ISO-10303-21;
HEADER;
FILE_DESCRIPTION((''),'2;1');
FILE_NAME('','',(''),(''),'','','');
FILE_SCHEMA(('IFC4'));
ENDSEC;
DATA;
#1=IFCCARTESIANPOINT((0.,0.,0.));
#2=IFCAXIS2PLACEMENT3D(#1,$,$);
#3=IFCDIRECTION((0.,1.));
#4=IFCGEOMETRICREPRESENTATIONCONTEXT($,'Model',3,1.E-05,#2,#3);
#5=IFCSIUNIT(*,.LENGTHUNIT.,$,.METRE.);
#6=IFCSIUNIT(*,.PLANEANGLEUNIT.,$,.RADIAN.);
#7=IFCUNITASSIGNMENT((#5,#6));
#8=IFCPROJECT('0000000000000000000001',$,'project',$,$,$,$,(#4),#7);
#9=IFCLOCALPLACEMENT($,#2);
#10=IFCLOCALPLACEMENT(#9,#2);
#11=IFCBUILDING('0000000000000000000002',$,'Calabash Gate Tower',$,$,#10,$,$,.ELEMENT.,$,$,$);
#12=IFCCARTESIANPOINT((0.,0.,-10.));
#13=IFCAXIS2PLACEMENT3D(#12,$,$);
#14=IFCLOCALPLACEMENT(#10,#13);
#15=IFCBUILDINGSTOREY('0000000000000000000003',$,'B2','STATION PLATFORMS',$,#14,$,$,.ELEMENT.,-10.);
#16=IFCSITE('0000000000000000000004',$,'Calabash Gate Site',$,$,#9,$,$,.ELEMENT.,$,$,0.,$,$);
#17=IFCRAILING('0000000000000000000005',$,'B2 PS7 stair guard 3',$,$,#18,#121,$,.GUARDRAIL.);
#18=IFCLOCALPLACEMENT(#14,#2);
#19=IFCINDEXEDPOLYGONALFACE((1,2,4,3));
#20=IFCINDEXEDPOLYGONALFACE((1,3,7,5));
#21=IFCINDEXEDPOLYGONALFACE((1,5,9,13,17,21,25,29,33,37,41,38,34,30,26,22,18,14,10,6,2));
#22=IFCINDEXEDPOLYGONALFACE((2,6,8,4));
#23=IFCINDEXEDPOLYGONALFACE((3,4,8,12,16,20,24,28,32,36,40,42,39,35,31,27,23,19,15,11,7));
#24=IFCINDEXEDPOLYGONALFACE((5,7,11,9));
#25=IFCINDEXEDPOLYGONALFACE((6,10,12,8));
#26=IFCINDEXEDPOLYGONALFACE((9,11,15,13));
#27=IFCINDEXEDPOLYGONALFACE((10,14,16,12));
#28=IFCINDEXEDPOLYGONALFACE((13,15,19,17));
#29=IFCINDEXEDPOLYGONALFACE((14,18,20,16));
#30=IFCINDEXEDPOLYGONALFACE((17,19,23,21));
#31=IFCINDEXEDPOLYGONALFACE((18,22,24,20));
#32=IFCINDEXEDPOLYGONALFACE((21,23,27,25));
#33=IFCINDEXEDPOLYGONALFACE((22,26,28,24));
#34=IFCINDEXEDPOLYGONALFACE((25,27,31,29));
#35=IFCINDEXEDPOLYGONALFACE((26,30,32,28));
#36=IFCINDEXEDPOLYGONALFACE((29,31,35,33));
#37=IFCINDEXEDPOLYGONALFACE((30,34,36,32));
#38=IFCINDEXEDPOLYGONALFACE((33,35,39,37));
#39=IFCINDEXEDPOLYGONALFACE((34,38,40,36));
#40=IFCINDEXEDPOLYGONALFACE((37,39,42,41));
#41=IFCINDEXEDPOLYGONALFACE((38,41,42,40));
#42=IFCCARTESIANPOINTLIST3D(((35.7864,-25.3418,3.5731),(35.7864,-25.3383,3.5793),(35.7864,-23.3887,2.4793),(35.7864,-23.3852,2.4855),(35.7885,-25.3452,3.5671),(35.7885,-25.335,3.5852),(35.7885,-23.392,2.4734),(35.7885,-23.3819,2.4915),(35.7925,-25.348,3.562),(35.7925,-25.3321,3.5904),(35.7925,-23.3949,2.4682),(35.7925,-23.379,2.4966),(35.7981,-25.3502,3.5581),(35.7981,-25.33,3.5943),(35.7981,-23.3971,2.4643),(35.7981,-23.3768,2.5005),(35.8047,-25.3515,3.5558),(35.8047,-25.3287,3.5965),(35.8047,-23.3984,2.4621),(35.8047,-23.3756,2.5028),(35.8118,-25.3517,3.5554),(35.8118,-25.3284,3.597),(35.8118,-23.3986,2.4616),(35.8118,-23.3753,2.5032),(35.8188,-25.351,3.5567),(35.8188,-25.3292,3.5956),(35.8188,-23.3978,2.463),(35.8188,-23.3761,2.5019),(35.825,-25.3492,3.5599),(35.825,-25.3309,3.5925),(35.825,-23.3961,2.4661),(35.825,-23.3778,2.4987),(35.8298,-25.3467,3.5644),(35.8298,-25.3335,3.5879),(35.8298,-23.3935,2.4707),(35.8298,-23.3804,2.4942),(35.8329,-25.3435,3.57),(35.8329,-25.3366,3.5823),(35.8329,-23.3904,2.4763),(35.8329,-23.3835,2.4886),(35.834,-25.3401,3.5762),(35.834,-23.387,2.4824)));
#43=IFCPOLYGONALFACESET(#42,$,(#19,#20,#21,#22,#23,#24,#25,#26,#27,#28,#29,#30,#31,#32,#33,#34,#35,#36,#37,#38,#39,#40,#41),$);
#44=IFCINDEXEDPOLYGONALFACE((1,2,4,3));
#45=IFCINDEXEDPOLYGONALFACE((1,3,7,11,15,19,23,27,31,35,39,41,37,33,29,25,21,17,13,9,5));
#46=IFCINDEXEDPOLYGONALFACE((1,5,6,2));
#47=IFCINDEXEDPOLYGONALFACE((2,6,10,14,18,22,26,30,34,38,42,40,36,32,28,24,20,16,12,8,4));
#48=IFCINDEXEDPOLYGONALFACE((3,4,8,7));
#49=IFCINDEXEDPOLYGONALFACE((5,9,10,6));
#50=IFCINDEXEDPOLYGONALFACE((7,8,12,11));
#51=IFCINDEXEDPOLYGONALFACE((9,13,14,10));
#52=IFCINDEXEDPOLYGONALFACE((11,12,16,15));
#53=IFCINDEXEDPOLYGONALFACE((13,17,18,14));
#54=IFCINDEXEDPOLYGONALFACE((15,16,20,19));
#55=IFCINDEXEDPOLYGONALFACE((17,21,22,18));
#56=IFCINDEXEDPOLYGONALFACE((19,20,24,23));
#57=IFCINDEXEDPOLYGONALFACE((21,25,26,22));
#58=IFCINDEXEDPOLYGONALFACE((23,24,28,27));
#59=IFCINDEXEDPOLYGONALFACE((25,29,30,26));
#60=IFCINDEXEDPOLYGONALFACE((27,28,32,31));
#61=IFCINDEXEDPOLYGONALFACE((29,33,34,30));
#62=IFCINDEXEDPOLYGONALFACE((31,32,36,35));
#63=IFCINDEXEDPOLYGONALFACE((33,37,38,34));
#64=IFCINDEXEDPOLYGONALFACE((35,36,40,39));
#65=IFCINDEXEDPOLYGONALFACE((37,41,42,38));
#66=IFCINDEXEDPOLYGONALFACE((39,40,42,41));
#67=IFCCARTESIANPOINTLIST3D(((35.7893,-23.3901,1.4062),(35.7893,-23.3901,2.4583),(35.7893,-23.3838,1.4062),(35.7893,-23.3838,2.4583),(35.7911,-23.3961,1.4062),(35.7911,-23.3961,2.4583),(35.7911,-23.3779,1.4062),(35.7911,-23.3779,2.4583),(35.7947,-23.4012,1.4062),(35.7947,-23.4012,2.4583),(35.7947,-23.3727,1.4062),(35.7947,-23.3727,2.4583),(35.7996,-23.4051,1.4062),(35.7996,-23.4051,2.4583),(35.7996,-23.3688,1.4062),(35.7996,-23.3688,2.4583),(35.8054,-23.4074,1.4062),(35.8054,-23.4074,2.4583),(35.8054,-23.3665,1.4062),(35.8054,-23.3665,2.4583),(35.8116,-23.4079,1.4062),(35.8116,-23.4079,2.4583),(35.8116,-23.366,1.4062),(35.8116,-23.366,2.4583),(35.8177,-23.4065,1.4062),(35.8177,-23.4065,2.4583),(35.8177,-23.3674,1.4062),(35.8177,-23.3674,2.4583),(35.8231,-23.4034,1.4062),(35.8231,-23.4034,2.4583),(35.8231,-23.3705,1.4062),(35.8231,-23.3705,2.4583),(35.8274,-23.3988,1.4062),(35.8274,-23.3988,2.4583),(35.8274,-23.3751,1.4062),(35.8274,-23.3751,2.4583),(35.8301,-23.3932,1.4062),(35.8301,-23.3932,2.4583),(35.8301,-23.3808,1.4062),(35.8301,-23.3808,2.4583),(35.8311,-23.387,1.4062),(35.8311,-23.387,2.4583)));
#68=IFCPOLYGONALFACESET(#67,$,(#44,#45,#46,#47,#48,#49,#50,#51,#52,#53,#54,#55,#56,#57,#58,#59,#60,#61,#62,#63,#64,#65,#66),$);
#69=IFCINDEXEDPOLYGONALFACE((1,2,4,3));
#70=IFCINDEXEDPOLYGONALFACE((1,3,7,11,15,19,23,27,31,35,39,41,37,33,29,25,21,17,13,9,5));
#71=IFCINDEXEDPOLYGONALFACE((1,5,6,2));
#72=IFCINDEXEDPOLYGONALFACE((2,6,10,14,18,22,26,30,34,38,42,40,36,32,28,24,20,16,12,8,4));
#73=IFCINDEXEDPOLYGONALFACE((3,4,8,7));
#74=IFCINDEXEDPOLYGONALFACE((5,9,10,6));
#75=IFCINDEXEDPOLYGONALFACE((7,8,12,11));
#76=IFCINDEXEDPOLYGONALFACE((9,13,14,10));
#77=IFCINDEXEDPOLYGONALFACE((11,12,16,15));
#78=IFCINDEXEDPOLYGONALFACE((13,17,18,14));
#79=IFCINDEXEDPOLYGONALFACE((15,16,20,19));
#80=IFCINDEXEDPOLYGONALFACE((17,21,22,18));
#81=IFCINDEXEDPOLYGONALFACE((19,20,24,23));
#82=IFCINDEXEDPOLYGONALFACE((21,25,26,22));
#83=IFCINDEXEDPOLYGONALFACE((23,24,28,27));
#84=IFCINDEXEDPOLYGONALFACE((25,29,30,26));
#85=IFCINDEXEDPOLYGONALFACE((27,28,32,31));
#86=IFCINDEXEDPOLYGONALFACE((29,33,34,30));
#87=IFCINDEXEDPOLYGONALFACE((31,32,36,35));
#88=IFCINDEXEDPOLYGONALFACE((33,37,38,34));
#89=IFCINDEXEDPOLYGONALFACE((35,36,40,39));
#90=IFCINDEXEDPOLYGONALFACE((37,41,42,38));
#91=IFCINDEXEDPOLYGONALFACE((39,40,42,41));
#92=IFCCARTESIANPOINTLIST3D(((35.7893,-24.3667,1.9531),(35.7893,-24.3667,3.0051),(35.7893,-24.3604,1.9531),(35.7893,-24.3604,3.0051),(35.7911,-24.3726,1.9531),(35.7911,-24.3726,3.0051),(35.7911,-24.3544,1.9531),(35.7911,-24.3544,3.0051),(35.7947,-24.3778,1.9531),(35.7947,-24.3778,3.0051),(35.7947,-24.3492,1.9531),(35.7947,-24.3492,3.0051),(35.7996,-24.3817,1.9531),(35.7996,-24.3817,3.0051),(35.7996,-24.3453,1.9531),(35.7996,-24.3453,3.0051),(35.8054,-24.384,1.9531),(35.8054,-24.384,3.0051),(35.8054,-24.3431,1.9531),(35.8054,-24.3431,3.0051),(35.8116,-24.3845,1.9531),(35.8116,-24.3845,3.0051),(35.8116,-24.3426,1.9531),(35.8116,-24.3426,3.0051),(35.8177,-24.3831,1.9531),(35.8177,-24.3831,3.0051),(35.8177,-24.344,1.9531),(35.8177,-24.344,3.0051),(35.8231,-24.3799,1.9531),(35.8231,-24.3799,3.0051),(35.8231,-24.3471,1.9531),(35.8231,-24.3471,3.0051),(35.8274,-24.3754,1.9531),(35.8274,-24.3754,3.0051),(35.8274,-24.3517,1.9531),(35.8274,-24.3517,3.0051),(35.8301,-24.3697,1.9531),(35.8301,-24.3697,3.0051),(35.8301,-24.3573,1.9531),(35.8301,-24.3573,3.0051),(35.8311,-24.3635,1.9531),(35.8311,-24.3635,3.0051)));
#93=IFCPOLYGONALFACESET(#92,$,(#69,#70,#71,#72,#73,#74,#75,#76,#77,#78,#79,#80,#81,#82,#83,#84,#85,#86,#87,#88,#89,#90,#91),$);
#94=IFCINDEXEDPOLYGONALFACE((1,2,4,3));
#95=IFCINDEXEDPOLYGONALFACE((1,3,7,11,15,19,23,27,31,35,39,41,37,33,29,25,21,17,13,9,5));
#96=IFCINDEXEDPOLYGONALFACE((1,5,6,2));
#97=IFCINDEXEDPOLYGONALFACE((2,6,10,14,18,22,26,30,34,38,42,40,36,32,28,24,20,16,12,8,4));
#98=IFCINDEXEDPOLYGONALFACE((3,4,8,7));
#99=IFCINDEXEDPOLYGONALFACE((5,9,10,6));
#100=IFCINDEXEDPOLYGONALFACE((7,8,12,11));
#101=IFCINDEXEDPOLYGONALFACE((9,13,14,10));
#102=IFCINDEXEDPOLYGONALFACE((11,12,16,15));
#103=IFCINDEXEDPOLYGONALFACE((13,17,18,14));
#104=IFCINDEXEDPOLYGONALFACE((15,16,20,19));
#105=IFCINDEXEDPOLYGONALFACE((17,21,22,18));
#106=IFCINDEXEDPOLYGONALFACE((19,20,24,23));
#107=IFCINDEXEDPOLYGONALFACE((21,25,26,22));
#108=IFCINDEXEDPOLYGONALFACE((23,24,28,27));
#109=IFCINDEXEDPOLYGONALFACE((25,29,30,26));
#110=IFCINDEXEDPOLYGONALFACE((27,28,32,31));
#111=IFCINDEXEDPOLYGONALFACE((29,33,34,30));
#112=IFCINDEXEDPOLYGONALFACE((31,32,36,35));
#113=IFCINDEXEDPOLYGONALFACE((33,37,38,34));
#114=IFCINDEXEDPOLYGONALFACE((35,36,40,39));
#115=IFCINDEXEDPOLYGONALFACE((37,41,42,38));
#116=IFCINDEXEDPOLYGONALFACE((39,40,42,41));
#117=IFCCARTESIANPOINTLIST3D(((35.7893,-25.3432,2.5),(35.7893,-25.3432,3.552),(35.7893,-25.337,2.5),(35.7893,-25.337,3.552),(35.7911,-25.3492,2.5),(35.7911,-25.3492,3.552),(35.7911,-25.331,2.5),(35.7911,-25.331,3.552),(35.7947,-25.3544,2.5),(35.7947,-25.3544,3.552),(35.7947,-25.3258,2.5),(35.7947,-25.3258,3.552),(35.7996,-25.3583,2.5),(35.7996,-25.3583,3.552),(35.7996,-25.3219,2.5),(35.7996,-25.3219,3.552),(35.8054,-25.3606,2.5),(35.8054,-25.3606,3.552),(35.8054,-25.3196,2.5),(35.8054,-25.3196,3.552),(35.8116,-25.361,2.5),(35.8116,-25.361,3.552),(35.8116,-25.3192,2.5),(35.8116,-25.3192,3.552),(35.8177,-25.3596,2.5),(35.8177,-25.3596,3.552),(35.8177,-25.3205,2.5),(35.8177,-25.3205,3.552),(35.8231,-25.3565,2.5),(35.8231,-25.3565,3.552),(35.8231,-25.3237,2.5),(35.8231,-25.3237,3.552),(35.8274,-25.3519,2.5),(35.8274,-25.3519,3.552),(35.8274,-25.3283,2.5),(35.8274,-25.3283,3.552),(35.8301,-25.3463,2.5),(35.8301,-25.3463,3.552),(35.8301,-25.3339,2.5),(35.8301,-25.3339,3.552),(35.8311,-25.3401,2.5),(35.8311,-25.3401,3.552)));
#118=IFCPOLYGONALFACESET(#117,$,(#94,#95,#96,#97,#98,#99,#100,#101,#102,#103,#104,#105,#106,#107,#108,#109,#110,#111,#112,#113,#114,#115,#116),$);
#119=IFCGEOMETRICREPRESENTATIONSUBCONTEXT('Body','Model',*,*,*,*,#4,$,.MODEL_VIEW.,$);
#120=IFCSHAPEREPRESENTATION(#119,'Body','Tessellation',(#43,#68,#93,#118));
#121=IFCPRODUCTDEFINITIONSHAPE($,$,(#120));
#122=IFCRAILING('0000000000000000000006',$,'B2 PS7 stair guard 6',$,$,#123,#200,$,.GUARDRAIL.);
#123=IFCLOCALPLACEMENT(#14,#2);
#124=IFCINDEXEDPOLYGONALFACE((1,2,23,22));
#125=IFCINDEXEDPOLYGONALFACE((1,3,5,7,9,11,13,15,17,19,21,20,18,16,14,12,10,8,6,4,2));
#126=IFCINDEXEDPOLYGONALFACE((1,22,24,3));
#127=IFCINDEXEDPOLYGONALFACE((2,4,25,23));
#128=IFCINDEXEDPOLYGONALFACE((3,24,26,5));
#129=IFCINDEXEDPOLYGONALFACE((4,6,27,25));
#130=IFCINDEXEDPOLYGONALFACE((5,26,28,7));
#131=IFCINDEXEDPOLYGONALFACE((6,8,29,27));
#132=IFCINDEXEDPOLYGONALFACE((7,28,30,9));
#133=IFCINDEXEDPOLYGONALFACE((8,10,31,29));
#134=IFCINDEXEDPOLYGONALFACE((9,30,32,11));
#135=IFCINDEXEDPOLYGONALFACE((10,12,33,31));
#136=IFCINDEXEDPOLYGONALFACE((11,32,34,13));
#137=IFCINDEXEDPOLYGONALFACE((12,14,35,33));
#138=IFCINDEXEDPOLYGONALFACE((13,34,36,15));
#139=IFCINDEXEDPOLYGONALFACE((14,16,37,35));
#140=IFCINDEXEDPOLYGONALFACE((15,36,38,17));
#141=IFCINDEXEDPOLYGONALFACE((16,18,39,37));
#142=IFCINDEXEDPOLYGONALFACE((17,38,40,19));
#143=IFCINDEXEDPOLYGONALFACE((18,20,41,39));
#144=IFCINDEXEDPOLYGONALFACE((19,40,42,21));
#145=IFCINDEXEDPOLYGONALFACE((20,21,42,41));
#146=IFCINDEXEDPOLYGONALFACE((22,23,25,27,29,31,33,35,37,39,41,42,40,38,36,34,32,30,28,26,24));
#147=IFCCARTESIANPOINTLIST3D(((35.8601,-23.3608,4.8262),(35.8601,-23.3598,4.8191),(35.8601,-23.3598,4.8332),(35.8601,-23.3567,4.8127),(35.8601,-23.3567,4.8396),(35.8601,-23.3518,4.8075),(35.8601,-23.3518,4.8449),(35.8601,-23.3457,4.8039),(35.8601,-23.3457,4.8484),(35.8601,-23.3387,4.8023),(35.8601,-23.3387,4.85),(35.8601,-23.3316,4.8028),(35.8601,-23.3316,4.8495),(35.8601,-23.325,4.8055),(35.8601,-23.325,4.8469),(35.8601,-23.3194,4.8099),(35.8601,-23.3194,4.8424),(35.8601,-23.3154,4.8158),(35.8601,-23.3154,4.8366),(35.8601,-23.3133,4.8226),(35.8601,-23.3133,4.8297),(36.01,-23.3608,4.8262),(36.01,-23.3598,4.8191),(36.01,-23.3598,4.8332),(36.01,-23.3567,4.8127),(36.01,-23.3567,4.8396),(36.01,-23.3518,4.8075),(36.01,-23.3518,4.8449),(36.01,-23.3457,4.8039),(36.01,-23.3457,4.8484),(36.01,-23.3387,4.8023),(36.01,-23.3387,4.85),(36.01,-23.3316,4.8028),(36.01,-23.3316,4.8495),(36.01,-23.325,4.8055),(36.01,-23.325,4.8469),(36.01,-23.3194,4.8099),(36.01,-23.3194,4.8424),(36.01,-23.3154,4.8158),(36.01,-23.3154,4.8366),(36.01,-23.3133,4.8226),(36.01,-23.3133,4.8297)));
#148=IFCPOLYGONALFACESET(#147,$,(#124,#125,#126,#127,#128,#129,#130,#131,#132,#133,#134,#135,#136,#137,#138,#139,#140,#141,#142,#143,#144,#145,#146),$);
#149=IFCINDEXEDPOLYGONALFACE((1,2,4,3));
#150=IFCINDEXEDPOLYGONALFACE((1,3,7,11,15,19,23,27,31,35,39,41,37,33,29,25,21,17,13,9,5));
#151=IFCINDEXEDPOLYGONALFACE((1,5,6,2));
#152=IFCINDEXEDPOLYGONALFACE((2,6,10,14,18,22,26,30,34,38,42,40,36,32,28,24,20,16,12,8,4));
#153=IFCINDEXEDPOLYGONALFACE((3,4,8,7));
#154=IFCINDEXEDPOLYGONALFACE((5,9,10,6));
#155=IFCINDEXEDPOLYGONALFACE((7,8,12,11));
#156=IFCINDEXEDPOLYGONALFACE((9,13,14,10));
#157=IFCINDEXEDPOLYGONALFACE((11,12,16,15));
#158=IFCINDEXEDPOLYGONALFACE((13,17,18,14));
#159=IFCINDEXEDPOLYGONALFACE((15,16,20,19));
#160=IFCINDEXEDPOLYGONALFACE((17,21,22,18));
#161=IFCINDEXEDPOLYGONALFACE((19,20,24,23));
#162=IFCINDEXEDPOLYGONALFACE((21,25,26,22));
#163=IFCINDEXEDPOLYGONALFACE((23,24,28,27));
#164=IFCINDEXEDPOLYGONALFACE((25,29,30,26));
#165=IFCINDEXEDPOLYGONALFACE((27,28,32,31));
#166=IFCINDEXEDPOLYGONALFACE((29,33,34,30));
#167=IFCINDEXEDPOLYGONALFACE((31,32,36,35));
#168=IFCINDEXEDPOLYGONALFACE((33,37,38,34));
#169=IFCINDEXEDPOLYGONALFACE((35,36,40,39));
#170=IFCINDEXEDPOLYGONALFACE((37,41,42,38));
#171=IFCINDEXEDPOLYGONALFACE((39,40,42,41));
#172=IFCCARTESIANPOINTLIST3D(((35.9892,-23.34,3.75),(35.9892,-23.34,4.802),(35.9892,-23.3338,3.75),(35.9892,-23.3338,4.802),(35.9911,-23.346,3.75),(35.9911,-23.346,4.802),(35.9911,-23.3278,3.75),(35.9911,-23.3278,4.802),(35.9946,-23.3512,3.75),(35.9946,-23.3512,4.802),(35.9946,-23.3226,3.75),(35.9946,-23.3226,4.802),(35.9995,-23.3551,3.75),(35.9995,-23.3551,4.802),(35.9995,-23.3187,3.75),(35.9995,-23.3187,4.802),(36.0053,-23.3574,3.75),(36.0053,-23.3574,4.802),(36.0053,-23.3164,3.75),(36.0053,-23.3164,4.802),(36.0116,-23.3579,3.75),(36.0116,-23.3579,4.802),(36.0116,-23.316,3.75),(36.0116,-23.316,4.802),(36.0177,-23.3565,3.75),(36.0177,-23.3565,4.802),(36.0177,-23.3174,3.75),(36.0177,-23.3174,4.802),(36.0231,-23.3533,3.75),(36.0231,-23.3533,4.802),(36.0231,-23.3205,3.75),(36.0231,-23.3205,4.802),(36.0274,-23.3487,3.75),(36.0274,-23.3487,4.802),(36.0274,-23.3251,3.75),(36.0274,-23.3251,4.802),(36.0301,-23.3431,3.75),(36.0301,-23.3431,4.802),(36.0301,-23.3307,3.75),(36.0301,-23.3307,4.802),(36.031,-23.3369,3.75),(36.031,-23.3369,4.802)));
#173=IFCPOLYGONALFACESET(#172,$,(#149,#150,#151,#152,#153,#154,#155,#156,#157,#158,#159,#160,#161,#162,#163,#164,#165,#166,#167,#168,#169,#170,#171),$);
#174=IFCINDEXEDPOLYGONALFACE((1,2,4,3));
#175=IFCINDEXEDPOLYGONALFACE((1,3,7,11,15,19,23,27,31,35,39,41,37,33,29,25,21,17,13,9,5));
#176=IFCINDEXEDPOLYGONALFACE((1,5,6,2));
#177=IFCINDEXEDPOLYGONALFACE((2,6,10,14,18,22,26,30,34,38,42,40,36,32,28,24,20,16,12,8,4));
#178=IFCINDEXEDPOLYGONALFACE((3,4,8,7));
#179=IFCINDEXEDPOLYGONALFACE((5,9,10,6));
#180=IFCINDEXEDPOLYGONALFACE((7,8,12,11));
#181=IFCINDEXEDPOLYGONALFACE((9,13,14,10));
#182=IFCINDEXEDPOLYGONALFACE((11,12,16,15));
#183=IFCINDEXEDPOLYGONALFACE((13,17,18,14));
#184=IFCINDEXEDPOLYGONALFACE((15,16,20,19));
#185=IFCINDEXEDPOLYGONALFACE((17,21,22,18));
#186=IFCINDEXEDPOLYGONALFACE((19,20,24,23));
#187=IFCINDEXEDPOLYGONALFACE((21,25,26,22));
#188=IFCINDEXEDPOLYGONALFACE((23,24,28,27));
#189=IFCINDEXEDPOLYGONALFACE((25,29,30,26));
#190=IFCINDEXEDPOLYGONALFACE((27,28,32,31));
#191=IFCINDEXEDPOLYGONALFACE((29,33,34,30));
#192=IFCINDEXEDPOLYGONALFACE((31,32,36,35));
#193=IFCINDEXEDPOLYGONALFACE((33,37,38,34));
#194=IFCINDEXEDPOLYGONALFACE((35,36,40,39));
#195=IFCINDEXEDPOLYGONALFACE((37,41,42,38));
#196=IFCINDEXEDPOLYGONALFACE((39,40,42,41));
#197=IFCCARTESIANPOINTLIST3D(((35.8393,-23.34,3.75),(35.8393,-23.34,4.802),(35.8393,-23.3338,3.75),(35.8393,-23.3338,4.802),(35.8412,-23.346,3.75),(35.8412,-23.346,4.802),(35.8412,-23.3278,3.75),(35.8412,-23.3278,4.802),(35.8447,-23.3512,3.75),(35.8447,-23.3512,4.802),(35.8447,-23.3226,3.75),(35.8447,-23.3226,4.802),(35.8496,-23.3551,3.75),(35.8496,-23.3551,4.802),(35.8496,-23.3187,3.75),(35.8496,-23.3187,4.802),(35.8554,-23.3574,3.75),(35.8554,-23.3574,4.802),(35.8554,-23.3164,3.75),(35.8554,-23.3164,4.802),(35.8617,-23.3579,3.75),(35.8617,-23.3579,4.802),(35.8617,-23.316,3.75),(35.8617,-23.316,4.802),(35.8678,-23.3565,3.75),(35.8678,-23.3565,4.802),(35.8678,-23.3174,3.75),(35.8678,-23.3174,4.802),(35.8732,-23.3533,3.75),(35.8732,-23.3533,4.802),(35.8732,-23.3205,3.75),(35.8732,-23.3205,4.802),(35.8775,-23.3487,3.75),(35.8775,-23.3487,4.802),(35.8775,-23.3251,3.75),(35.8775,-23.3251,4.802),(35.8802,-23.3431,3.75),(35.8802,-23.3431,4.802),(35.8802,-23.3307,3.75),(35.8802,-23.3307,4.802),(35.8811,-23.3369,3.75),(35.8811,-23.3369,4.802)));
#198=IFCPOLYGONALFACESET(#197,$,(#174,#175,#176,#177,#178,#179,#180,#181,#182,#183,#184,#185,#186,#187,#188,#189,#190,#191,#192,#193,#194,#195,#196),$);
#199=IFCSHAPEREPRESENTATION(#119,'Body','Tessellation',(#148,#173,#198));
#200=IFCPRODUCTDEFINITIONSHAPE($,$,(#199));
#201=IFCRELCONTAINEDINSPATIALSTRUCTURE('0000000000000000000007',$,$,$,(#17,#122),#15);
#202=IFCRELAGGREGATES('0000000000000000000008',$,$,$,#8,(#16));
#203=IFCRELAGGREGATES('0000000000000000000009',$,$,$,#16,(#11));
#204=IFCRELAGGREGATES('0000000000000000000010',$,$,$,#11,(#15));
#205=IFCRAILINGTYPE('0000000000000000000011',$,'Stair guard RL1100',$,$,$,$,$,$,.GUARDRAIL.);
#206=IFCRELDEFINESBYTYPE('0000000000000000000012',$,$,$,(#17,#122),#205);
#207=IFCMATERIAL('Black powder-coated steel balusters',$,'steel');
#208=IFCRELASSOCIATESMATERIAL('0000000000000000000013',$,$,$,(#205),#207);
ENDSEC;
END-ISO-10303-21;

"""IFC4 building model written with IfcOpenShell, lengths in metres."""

from ifc_helpers import new_model, si_unit, direction, frame, origin, origin_2d, place, context, subcontext, project, spatial, circle, extrude, material, type_object, element, save


model = new_model("IFC4")

# Units and contexts
model_context = context("Model", 3, precision=1e-05, world=origin(), true_north=direction((0.0, 1.0)))
body_context = subcontext(model_context, "Body", "Model", "MODEL_VIEW")
ifc_project = project(units=[si_unit("LENGTHUNIT", "METRE"), si_unit("PLANEANGLEUNIT", "RADIAN")], contexts=[model_context])

# Site, building, storey
site_placement = place(None, origin())
site = spatial("IfcSite", under=ifc_project, at=site_placement, Name="Calabash Gate Site", CompositionType="ELEMENT", RefElevation=0.0)
building_placement = place(site_placement, origin())
building = spatial("IfcBuilding", under=site, at=building_placement, Name="Calabash Gate Tower", CompositionType="ELEMENT")
storey_placement = place(building_placement, frame((0.0, 0.0, -10.0)))
storey = spatial("IfcBuildingStorey", under=building, at=storey_placement, Name="B2", Description="STATION PLATFORMS", CompositionType="ELEMENT", Elevation=-10.0)

# Railings
ifc_material_1 = material(Name="Black powder-coated steel balusters", Category="steel")
railing_type_1 = type_object("IfcRailingType", Name="Stair guard RL1100", PredefinedType="GUARDRAIL", material=ifc_material_1)
railing_1_placement = place(storey_placement, frame((35.8101, -23.387, 1.4062)))
element("IfcRailing", 1, at=railing_1_placement, inside=storey, type_object=railing_type_1, Name="B2 PS7 stair guard 3", PredefinedType="GUARDRAIL", context=body_context, shape_type="SweptSolid", body=[
    extrude(circle(Radius=0.0239, at=origin_2d()), frame((0.0, 0.0, 1.0762), z_axis=(0.0, -0.872506, 0.488603), x_axis=(1.0, 0.0, 0.0)), (0.0, 0.0, 1.0), 2.2385),
    extrude(circle(Radius=0.021, at=origin_2d()), origin(), (0.0, 0.0, 1.0), 1.052),
    extrude(circle(Radius=0.021, at=origin_2d()), frame((0.0, -0.9766, 0.5469)), (0.0, 0.0, 1.0), 1.052),
    extrude(circle(Radius=0.021, at=origin_2d()), frame((0.0, -1.9531, 1.0938)), (0.0, 0.0, 1.0), 1.052),
])
railing_2_placement = place(storey_placement, frame((36.01, -23.3369, 3.75)))
element("IfcRailing", 2, at=railing_2_placement, inside=storey, type_object=railing_type_1, Name="B2 PS7 stair guard 6", PredefinedType="GUARDRAIL", context=body_context, shape_type="SweptSolid", body=[
    extrude(circle(Radius=0.0239, at=origin_2d()), frame((0.0, 0.0, 1.0762), z_axis=(-1.0, 0.0, 0.0), x_axis=(0.0, -1.0, 0.0)), (0.0, 0.0, 1.0), 0.1499),
    extrude(circle(Radius=0.021, at=origin_2d()), origin(), (0.0, 0.0, 1.0), 1.052),
    extrude(circle(Radius=0.021, at=origin_2d()), frame((-0.1499, 0.0, 0.0)), (0.0, 0.0, 1.0), 1.052),
])

save(model, "model.ifc")
